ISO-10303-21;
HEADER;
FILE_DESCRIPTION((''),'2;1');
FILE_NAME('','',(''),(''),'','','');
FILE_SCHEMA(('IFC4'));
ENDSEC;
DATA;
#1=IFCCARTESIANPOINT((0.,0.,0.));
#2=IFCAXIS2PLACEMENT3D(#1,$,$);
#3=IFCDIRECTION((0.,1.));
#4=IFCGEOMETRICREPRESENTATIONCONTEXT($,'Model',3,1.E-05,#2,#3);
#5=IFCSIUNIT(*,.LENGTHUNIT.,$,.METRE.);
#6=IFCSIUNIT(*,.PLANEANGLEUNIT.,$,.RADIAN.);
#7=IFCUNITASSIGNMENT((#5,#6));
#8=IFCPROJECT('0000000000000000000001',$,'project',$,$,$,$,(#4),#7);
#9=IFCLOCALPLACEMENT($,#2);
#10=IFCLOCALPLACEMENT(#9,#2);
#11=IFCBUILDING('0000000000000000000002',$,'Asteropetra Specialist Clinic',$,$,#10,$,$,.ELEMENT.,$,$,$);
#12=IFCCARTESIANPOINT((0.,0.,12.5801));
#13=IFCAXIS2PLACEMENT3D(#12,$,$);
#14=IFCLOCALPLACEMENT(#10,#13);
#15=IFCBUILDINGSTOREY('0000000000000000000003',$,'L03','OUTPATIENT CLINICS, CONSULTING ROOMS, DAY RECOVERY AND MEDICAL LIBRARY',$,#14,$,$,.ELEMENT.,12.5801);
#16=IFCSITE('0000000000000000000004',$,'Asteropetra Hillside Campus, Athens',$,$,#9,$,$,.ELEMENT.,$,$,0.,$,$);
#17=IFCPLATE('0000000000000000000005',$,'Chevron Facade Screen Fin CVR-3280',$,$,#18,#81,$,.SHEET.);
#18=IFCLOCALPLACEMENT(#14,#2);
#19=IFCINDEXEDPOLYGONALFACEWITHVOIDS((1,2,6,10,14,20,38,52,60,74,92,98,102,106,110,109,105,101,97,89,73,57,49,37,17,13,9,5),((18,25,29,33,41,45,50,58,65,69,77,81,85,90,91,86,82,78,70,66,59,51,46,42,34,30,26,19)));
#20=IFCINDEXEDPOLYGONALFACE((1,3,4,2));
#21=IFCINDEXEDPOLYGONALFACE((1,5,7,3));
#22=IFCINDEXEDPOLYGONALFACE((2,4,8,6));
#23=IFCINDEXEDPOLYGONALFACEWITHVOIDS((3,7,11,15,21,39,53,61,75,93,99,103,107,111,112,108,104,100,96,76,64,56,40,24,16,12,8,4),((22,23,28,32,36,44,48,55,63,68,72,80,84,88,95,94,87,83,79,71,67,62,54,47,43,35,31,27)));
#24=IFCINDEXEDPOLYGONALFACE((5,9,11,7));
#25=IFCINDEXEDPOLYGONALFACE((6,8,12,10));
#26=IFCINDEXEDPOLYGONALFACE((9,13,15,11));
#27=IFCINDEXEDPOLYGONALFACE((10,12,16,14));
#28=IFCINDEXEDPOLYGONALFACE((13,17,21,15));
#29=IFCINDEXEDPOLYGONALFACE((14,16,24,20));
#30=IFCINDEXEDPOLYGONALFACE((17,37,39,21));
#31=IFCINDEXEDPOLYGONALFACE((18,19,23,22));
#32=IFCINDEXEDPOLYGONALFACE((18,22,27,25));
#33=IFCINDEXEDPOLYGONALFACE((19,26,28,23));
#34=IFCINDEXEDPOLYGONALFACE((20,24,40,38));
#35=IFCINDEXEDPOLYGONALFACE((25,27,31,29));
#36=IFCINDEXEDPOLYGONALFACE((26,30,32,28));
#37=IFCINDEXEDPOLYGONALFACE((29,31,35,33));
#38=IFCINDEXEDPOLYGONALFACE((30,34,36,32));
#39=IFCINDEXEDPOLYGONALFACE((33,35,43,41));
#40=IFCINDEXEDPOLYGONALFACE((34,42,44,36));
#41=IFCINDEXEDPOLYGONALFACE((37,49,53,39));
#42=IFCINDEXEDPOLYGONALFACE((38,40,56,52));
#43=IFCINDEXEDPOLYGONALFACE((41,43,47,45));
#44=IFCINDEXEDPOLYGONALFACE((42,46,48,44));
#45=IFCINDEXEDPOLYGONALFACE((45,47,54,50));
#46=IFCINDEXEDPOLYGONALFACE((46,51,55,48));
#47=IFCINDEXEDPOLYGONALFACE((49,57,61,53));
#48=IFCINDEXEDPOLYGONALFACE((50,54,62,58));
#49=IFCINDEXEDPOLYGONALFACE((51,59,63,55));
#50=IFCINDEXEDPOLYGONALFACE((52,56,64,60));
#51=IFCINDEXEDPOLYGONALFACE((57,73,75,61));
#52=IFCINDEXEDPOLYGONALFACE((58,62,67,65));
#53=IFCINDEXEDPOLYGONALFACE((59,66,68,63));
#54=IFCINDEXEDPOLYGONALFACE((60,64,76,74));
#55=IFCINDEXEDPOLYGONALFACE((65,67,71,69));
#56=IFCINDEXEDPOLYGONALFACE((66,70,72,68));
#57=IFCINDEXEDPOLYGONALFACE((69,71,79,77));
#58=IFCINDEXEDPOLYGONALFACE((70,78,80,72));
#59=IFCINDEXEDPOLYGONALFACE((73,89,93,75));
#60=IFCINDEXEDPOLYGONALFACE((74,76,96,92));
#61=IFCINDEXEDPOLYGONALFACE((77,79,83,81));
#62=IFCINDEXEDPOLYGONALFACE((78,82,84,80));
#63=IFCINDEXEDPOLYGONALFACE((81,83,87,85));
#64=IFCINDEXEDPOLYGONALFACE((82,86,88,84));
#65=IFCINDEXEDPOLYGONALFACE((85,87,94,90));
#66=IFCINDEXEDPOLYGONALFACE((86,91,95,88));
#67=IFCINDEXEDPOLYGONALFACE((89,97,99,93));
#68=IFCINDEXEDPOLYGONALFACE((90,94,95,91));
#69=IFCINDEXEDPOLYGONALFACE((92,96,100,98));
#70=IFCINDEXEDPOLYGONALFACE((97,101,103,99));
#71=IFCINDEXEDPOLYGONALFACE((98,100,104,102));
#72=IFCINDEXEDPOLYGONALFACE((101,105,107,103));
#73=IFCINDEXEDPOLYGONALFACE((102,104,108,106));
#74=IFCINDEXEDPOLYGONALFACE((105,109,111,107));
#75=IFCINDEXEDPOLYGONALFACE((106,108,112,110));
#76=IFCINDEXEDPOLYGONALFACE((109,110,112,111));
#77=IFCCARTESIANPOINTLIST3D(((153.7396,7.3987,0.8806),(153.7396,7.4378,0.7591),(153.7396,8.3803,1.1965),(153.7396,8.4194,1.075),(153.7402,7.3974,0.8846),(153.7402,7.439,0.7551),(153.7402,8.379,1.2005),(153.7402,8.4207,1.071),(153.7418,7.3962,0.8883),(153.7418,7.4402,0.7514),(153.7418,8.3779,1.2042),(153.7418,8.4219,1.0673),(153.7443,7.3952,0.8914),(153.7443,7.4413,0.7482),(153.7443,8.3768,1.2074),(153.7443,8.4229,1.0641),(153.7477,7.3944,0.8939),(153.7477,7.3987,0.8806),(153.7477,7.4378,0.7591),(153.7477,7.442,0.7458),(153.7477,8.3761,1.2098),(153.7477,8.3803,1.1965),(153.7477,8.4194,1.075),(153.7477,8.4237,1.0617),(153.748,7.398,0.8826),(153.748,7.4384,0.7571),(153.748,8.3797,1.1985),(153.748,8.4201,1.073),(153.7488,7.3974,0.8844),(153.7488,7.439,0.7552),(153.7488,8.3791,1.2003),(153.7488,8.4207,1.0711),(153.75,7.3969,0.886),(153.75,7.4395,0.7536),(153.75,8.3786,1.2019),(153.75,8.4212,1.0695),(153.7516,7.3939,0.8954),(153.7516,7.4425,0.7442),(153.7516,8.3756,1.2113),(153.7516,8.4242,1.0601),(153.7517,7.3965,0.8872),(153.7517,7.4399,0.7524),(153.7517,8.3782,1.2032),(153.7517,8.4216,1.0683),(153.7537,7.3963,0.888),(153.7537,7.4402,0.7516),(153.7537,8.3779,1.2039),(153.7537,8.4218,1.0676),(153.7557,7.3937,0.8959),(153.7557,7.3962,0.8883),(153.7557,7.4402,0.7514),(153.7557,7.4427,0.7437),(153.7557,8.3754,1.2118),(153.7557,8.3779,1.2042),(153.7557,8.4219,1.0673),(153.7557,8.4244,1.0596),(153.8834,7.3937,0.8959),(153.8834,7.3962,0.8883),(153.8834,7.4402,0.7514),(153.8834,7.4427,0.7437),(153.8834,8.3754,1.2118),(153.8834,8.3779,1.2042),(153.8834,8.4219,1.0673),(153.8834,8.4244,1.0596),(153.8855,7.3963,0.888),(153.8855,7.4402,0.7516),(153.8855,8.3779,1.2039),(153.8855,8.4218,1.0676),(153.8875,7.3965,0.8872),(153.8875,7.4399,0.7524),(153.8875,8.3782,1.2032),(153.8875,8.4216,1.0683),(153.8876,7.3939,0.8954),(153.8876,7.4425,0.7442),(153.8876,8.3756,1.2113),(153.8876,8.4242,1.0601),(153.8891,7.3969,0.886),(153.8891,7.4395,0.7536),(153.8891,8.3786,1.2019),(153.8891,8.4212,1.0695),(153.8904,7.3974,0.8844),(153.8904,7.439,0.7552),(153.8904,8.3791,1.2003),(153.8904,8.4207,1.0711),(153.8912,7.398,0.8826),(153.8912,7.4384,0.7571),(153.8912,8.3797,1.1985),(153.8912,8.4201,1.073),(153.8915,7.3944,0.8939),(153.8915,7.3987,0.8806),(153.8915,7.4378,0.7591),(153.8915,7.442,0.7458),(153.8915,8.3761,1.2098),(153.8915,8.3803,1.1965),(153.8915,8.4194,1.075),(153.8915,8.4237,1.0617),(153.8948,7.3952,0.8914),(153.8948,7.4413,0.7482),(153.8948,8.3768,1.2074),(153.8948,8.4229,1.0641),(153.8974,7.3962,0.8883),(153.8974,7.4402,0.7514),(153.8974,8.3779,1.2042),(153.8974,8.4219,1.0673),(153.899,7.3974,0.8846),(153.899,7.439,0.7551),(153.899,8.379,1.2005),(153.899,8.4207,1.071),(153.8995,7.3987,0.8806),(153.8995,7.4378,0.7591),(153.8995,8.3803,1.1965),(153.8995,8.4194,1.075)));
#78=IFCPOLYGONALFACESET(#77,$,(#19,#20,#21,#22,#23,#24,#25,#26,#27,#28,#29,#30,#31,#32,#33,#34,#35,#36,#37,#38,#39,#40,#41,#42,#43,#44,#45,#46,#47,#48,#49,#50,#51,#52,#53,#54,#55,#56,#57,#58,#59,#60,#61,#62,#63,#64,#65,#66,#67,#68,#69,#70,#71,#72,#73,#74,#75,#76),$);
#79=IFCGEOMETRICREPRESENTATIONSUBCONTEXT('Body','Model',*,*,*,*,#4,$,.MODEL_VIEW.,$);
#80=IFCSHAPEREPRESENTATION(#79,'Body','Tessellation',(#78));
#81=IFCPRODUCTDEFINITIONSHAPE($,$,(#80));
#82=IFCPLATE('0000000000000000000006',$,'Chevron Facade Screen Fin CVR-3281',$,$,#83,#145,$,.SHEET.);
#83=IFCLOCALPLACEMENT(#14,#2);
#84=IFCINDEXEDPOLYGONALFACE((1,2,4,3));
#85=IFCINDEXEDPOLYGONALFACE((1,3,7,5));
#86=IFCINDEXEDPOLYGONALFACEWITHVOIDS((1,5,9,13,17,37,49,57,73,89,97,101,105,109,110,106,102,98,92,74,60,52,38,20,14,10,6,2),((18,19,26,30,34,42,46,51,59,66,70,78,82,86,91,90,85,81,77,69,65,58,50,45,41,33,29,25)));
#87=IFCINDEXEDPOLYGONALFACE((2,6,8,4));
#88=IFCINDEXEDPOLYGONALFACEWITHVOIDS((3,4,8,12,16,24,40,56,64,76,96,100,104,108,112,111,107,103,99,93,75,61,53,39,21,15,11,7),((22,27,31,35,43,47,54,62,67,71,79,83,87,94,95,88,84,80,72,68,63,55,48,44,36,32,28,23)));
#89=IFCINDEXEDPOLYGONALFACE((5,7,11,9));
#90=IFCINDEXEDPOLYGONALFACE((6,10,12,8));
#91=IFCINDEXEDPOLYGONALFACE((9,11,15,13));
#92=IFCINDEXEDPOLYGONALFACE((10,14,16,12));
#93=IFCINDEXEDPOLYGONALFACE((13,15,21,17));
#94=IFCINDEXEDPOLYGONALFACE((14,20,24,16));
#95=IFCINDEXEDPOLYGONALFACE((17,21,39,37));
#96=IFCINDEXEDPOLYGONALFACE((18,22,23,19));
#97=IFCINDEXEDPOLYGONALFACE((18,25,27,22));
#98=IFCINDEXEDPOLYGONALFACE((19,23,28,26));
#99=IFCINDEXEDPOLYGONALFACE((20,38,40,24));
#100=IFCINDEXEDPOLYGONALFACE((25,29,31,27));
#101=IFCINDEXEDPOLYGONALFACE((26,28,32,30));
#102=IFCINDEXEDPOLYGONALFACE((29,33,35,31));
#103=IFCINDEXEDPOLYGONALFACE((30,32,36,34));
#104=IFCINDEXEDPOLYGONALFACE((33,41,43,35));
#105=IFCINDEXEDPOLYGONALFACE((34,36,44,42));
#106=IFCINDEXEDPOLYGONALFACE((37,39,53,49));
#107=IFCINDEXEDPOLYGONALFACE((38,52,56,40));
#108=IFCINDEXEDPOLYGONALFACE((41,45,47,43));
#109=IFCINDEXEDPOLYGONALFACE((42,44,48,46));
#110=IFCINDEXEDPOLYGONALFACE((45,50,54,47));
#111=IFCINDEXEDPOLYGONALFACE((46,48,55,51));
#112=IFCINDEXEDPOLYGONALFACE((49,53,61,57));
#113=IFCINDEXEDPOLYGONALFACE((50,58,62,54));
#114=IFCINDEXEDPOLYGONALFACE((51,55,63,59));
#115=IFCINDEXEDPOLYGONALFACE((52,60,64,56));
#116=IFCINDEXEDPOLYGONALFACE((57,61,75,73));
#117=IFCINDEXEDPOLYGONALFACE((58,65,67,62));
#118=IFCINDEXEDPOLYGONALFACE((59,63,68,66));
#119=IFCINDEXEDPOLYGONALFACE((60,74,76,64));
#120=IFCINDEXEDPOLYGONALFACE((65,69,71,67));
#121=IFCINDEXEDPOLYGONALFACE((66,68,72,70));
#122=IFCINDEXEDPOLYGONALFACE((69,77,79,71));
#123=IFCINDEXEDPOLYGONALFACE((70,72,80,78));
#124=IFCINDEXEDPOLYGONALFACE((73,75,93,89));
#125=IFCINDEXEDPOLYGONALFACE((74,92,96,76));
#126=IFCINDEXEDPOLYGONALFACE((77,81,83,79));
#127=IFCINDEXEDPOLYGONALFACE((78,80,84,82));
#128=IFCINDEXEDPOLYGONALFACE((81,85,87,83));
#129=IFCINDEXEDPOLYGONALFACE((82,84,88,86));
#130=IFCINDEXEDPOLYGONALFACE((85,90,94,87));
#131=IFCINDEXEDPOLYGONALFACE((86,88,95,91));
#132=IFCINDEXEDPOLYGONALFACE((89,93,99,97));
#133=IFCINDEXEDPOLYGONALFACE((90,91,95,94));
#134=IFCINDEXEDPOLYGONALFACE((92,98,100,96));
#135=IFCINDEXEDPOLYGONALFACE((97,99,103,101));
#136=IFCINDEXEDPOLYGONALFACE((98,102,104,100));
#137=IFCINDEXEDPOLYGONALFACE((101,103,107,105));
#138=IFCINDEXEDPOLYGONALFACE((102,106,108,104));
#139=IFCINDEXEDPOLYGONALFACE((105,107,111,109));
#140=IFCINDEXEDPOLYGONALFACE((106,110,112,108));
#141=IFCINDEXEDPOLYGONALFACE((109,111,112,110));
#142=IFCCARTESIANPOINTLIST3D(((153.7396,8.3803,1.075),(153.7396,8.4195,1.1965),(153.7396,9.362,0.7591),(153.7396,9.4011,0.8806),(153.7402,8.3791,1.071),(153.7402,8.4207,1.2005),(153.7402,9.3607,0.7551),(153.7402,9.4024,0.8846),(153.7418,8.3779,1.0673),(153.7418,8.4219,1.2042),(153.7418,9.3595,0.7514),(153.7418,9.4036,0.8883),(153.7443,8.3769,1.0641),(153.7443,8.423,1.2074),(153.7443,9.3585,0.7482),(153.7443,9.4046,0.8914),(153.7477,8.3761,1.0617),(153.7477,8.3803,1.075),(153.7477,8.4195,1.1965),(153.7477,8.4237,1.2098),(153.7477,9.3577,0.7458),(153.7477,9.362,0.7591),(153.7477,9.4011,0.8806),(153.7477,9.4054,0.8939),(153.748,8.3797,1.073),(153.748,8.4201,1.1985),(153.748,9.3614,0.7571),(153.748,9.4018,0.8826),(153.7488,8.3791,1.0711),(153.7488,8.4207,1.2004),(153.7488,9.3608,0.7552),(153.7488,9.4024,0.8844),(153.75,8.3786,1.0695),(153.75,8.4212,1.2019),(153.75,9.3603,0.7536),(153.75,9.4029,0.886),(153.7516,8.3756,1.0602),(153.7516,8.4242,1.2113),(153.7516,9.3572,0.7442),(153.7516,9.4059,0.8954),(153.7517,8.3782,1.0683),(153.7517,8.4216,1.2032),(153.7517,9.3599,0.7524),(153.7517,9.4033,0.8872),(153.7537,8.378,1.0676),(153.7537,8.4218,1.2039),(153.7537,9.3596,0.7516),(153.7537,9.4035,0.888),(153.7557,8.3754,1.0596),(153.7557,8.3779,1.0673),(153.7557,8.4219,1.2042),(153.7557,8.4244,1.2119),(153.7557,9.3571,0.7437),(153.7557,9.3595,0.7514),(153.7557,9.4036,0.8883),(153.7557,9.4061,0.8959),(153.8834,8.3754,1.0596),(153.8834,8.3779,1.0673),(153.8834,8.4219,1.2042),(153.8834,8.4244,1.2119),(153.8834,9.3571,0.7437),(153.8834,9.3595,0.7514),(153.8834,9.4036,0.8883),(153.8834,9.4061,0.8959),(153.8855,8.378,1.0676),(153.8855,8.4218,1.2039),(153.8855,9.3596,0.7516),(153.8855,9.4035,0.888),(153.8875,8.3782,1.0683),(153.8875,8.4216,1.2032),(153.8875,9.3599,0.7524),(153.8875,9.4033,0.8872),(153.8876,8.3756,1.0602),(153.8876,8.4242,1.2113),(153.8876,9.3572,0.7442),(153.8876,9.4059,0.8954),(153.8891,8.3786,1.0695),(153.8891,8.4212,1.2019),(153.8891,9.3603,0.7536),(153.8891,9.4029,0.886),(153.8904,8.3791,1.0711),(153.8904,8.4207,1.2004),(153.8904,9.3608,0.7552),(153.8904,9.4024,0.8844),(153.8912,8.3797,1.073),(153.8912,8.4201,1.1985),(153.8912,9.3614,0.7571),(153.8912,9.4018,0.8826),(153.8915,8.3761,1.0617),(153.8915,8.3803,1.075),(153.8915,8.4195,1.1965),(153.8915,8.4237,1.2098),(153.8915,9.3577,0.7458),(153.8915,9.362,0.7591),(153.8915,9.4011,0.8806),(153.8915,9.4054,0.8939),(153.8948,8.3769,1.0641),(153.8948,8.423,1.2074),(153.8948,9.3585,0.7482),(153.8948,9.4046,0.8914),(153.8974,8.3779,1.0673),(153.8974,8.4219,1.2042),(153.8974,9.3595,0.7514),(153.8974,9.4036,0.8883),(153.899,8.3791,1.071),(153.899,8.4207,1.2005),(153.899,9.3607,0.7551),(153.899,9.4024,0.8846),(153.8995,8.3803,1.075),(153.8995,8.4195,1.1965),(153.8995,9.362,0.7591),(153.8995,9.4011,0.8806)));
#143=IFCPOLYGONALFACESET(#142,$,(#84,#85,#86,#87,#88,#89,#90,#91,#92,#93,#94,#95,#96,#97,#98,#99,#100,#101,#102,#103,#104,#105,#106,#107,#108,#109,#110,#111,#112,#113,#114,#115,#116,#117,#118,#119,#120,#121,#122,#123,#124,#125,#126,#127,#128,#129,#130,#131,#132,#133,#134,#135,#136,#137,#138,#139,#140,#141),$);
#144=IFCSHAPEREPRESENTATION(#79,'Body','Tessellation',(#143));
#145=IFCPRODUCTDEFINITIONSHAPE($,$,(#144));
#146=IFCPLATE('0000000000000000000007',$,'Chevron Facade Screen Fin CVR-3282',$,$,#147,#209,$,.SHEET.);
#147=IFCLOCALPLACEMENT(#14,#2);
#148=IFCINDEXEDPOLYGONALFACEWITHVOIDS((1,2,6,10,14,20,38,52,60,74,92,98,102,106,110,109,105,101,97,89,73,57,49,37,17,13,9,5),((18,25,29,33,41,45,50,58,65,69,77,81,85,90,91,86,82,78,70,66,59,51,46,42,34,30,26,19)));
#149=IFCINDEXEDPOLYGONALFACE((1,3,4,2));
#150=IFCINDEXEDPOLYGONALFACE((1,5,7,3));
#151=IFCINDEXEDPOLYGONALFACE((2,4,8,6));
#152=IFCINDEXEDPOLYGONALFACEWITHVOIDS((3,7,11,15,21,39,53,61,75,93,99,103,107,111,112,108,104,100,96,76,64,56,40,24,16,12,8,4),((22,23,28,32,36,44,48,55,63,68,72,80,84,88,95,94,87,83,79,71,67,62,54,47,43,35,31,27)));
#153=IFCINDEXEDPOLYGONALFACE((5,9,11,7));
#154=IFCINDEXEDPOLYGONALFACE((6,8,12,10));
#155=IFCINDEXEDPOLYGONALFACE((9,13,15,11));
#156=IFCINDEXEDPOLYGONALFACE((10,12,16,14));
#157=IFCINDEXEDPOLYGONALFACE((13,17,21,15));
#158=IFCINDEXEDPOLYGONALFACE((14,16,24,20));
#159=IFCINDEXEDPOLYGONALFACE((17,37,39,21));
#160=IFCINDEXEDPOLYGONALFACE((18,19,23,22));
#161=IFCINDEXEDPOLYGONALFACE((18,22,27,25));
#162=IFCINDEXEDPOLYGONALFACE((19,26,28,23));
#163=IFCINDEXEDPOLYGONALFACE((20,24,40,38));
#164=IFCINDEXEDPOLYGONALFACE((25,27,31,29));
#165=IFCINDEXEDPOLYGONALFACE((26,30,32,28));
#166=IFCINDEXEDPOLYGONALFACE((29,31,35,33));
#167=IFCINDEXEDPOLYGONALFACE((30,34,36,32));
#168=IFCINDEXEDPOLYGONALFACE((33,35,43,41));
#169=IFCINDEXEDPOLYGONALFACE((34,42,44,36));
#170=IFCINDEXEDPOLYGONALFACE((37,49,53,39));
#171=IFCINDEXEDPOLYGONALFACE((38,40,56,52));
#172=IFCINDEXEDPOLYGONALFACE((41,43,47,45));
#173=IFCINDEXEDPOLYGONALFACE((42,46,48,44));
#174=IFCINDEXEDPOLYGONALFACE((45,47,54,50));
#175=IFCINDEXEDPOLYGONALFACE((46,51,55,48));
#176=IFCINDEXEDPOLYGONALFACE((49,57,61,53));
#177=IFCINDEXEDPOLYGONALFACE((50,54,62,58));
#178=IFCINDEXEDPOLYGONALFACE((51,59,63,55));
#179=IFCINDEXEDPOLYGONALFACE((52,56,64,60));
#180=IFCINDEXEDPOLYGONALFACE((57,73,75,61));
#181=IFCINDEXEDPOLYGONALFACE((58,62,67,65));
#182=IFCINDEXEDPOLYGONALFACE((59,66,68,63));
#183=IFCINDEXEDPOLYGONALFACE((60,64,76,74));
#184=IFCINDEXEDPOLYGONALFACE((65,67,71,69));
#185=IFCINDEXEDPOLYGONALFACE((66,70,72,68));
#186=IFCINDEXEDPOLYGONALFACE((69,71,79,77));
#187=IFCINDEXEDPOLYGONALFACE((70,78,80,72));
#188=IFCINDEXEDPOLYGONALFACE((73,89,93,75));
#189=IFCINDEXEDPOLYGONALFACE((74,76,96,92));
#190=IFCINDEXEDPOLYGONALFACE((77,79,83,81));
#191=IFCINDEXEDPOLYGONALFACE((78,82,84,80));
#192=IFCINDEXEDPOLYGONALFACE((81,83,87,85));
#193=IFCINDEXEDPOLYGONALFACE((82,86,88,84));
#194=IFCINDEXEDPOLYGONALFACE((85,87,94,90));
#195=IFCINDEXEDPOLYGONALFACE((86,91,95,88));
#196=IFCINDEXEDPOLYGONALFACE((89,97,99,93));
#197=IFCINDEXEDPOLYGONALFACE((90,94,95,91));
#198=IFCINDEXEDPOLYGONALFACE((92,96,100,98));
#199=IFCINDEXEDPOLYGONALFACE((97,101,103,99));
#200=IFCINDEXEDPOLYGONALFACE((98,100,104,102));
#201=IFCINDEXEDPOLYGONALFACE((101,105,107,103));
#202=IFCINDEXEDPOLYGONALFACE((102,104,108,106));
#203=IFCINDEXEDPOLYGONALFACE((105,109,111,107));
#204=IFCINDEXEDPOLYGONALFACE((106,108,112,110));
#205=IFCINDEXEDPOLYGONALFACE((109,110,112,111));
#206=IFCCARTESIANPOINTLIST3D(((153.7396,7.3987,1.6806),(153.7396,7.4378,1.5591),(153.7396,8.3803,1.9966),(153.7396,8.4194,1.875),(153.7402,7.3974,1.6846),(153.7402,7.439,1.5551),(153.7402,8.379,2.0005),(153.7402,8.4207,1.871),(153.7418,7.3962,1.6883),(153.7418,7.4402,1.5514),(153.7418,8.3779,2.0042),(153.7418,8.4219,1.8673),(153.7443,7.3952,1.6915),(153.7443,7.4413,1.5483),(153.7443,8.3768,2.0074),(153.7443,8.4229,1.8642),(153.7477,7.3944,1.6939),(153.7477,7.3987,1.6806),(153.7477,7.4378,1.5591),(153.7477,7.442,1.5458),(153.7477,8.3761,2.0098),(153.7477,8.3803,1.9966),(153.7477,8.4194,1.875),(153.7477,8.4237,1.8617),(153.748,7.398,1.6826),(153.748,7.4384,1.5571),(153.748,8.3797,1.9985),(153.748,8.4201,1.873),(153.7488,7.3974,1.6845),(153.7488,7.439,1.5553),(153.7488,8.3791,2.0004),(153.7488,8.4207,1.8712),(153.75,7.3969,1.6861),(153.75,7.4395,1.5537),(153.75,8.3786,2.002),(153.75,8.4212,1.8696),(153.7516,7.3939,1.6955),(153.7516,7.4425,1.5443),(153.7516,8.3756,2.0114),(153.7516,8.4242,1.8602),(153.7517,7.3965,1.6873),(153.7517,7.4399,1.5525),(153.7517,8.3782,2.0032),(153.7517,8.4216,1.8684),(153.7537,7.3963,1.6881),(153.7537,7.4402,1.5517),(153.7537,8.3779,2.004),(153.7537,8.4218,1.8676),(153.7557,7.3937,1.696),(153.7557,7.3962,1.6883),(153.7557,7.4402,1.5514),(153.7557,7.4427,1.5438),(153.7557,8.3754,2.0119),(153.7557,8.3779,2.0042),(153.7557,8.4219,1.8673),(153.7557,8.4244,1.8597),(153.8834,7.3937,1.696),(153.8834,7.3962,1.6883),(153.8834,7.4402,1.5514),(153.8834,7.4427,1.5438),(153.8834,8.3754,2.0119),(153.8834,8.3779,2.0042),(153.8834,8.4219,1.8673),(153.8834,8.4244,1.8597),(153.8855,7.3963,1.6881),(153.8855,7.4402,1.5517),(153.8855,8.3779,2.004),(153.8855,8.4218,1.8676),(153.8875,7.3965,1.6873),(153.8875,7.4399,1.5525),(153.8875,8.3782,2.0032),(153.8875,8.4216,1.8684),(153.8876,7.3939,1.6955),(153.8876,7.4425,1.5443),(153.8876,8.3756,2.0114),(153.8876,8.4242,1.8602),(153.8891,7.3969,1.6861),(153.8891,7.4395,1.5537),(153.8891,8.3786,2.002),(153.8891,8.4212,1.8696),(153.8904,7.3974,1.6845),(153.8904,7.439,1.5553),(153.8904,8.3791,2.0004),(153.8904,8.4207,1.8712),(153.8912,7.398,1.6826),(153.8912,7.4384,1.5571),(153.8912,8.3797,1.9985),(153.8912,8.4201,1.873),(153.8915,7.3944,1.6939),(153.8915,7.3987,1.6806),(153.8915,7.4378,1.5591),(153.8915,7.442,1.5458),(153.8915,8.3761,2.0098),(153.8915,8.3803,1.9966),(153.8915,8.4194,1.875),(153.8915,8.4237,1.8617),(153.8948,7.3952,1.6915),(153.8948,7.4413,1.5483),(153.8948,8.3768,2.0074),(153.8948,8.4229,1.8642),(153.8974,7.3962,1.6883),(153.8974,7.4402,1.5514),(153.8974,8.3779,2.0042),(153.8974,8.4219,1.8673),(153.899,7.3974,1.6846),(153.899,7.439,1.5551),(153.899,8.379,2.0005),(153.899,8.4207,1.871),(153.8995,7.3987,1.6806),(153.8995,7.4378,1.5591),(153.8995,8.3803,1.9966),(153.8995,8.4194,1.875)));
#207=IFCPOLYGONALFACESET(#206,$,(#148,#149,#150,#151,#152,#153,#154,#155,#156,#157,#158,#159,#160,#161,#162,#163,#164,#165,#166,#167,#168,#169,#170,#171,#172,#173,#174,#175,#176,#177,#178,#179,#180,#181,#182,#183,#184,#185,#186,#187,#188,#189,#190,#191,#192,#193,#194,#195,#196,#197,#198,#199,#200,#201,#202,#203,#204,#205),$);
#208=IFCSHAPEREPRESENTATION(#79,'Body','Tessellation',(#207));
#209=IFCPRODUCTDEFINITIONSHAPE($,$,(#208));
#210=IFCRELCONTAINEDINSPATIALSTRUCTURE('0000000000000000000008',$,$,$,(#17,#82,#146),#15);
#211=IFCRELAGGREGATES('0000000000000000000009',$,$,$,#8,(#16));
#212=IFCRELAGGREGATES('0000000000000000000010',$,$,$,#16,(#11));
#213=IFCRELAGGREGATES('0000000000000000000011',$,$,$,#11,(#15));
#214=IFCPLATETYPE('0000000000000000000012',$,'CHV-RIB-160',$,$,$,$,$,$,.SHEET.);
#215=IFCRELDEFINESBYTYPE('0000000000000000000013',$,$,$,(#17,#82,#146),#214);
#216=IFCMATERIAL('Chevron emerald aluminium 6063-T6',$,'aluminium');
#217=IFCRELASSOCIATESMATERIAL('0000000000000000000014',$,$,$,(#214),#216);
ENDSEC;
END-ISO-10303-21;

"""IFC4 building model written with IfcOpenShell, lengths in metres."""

from ifc_helpers import new_model, si_unit, direction, frame, origin, origin_2d, place, context, subcontext, project, spatial, hollow_rectangle, extrude, material, material_profile, profile_set, type_object, element, save


model = new_model("IFC4")

# Units and contexts
model_context = context("Model", 3, precision=1e-05, world=origin(), true_north=direction((0.0, 1.0)))
body_context = subcontext(model_context, "Body", "Model", "MODEL_VIEW")
ifc_project = project(units=[si_unit("LENGTHUNIT", "METRE"), si_unit("PLANEANGLEUNIT", "RADIAN")], contexts=[model_context])

# Site, building, storey
site_placement = place(None, origin())
site = spatial("IfcSite", under=ifc_project, at=site_placement, Name="Asteropetra Hillside Campus, Athens", CompositionType="ELEMENT", RefElevation=0.0)
building_placement = place(site_placement, origin())
building = spatial("IfcBuilding", under=site, at=building_placement, Name="Asteropetra Specialist Clinic", CompositionType="ELEMENT")
storey_placement = place(building_placement, frame((0.0, 0.0, 12.5801)))
storey = spatial("IfcBuildingStorey", under=building, at=storey_placement, Name="L03", Description="OUTPATIENT CLINICS, CONSULTING ROOMS, DAY RECOVERY AND MEDICAL LIBRARY", CompositionType="ELEMENT", Elevation=12.5801)

# Plates
ifc_material_1 = material(Name="Chevron emerald aluminium 6063-T6", Category="aluminium")
ifc_material_profile_1 = material_profile(ifc_material_1, hollow_rectangle(XDim=0.1599, YDim=0.1599, WallThickness=0.0081, InnerFilletRadius=0.0081, OuterFilletRadius=0.0161, at=origin_2d()), Name="SHS 160x160x8.0")
ifc_profile_set_1 = profile_set([ifc_material_profile_1], Name="Chevron emerald aluminium 6063-T6")
plate_type = type_object("IfcPlateType", Name="CHV-RIB-160", PredefinedType="SHEET", material=ifc_profile_set_1)
for number, where, z_axis, x_axis, name in (
    (1, (153.8196, 7.4182, 0.8198), (0.0, 0.951923, 0.306339), (-1.0, 0.0, 0.0), "Chevron Facade Screen Fin CVR-3280"),
    (2, (153.8196, 8.3999, 1.1357), (0.0, 0.951923, -0.306339), (-1.0, 0.0, 0.0), "Chevron Facade Screen Fin CVR-3281"),
    (3, (153.8196, 7.4182, 1.6199), (0.0, 0.951923, 0.306339), (-1.0, 0.0, 0.0), "Chevron Facade Screen Fin CVR-3282"),
):
    element("IfcPlate", number, at=place(storey_placement, frame(where, z_axis=z_axis, x_axis=x_axis)), inside=storey, type_object=plate_type, Name=name, PredefinedType="SHEET", context=body_context, shape_type="SweptSolid", body=[
        extrude(hollow_rectangle(XDim=0.1599, YDim=0.1599, WallThickness=0.0081, InnerFilletRadius=0.0081, OuterFilletRadius=0.0161, at=origin_2d()), origin(), (0.0, 0.0, 1.0), 1.0312),
    ])

save(model, "model.ifc")
